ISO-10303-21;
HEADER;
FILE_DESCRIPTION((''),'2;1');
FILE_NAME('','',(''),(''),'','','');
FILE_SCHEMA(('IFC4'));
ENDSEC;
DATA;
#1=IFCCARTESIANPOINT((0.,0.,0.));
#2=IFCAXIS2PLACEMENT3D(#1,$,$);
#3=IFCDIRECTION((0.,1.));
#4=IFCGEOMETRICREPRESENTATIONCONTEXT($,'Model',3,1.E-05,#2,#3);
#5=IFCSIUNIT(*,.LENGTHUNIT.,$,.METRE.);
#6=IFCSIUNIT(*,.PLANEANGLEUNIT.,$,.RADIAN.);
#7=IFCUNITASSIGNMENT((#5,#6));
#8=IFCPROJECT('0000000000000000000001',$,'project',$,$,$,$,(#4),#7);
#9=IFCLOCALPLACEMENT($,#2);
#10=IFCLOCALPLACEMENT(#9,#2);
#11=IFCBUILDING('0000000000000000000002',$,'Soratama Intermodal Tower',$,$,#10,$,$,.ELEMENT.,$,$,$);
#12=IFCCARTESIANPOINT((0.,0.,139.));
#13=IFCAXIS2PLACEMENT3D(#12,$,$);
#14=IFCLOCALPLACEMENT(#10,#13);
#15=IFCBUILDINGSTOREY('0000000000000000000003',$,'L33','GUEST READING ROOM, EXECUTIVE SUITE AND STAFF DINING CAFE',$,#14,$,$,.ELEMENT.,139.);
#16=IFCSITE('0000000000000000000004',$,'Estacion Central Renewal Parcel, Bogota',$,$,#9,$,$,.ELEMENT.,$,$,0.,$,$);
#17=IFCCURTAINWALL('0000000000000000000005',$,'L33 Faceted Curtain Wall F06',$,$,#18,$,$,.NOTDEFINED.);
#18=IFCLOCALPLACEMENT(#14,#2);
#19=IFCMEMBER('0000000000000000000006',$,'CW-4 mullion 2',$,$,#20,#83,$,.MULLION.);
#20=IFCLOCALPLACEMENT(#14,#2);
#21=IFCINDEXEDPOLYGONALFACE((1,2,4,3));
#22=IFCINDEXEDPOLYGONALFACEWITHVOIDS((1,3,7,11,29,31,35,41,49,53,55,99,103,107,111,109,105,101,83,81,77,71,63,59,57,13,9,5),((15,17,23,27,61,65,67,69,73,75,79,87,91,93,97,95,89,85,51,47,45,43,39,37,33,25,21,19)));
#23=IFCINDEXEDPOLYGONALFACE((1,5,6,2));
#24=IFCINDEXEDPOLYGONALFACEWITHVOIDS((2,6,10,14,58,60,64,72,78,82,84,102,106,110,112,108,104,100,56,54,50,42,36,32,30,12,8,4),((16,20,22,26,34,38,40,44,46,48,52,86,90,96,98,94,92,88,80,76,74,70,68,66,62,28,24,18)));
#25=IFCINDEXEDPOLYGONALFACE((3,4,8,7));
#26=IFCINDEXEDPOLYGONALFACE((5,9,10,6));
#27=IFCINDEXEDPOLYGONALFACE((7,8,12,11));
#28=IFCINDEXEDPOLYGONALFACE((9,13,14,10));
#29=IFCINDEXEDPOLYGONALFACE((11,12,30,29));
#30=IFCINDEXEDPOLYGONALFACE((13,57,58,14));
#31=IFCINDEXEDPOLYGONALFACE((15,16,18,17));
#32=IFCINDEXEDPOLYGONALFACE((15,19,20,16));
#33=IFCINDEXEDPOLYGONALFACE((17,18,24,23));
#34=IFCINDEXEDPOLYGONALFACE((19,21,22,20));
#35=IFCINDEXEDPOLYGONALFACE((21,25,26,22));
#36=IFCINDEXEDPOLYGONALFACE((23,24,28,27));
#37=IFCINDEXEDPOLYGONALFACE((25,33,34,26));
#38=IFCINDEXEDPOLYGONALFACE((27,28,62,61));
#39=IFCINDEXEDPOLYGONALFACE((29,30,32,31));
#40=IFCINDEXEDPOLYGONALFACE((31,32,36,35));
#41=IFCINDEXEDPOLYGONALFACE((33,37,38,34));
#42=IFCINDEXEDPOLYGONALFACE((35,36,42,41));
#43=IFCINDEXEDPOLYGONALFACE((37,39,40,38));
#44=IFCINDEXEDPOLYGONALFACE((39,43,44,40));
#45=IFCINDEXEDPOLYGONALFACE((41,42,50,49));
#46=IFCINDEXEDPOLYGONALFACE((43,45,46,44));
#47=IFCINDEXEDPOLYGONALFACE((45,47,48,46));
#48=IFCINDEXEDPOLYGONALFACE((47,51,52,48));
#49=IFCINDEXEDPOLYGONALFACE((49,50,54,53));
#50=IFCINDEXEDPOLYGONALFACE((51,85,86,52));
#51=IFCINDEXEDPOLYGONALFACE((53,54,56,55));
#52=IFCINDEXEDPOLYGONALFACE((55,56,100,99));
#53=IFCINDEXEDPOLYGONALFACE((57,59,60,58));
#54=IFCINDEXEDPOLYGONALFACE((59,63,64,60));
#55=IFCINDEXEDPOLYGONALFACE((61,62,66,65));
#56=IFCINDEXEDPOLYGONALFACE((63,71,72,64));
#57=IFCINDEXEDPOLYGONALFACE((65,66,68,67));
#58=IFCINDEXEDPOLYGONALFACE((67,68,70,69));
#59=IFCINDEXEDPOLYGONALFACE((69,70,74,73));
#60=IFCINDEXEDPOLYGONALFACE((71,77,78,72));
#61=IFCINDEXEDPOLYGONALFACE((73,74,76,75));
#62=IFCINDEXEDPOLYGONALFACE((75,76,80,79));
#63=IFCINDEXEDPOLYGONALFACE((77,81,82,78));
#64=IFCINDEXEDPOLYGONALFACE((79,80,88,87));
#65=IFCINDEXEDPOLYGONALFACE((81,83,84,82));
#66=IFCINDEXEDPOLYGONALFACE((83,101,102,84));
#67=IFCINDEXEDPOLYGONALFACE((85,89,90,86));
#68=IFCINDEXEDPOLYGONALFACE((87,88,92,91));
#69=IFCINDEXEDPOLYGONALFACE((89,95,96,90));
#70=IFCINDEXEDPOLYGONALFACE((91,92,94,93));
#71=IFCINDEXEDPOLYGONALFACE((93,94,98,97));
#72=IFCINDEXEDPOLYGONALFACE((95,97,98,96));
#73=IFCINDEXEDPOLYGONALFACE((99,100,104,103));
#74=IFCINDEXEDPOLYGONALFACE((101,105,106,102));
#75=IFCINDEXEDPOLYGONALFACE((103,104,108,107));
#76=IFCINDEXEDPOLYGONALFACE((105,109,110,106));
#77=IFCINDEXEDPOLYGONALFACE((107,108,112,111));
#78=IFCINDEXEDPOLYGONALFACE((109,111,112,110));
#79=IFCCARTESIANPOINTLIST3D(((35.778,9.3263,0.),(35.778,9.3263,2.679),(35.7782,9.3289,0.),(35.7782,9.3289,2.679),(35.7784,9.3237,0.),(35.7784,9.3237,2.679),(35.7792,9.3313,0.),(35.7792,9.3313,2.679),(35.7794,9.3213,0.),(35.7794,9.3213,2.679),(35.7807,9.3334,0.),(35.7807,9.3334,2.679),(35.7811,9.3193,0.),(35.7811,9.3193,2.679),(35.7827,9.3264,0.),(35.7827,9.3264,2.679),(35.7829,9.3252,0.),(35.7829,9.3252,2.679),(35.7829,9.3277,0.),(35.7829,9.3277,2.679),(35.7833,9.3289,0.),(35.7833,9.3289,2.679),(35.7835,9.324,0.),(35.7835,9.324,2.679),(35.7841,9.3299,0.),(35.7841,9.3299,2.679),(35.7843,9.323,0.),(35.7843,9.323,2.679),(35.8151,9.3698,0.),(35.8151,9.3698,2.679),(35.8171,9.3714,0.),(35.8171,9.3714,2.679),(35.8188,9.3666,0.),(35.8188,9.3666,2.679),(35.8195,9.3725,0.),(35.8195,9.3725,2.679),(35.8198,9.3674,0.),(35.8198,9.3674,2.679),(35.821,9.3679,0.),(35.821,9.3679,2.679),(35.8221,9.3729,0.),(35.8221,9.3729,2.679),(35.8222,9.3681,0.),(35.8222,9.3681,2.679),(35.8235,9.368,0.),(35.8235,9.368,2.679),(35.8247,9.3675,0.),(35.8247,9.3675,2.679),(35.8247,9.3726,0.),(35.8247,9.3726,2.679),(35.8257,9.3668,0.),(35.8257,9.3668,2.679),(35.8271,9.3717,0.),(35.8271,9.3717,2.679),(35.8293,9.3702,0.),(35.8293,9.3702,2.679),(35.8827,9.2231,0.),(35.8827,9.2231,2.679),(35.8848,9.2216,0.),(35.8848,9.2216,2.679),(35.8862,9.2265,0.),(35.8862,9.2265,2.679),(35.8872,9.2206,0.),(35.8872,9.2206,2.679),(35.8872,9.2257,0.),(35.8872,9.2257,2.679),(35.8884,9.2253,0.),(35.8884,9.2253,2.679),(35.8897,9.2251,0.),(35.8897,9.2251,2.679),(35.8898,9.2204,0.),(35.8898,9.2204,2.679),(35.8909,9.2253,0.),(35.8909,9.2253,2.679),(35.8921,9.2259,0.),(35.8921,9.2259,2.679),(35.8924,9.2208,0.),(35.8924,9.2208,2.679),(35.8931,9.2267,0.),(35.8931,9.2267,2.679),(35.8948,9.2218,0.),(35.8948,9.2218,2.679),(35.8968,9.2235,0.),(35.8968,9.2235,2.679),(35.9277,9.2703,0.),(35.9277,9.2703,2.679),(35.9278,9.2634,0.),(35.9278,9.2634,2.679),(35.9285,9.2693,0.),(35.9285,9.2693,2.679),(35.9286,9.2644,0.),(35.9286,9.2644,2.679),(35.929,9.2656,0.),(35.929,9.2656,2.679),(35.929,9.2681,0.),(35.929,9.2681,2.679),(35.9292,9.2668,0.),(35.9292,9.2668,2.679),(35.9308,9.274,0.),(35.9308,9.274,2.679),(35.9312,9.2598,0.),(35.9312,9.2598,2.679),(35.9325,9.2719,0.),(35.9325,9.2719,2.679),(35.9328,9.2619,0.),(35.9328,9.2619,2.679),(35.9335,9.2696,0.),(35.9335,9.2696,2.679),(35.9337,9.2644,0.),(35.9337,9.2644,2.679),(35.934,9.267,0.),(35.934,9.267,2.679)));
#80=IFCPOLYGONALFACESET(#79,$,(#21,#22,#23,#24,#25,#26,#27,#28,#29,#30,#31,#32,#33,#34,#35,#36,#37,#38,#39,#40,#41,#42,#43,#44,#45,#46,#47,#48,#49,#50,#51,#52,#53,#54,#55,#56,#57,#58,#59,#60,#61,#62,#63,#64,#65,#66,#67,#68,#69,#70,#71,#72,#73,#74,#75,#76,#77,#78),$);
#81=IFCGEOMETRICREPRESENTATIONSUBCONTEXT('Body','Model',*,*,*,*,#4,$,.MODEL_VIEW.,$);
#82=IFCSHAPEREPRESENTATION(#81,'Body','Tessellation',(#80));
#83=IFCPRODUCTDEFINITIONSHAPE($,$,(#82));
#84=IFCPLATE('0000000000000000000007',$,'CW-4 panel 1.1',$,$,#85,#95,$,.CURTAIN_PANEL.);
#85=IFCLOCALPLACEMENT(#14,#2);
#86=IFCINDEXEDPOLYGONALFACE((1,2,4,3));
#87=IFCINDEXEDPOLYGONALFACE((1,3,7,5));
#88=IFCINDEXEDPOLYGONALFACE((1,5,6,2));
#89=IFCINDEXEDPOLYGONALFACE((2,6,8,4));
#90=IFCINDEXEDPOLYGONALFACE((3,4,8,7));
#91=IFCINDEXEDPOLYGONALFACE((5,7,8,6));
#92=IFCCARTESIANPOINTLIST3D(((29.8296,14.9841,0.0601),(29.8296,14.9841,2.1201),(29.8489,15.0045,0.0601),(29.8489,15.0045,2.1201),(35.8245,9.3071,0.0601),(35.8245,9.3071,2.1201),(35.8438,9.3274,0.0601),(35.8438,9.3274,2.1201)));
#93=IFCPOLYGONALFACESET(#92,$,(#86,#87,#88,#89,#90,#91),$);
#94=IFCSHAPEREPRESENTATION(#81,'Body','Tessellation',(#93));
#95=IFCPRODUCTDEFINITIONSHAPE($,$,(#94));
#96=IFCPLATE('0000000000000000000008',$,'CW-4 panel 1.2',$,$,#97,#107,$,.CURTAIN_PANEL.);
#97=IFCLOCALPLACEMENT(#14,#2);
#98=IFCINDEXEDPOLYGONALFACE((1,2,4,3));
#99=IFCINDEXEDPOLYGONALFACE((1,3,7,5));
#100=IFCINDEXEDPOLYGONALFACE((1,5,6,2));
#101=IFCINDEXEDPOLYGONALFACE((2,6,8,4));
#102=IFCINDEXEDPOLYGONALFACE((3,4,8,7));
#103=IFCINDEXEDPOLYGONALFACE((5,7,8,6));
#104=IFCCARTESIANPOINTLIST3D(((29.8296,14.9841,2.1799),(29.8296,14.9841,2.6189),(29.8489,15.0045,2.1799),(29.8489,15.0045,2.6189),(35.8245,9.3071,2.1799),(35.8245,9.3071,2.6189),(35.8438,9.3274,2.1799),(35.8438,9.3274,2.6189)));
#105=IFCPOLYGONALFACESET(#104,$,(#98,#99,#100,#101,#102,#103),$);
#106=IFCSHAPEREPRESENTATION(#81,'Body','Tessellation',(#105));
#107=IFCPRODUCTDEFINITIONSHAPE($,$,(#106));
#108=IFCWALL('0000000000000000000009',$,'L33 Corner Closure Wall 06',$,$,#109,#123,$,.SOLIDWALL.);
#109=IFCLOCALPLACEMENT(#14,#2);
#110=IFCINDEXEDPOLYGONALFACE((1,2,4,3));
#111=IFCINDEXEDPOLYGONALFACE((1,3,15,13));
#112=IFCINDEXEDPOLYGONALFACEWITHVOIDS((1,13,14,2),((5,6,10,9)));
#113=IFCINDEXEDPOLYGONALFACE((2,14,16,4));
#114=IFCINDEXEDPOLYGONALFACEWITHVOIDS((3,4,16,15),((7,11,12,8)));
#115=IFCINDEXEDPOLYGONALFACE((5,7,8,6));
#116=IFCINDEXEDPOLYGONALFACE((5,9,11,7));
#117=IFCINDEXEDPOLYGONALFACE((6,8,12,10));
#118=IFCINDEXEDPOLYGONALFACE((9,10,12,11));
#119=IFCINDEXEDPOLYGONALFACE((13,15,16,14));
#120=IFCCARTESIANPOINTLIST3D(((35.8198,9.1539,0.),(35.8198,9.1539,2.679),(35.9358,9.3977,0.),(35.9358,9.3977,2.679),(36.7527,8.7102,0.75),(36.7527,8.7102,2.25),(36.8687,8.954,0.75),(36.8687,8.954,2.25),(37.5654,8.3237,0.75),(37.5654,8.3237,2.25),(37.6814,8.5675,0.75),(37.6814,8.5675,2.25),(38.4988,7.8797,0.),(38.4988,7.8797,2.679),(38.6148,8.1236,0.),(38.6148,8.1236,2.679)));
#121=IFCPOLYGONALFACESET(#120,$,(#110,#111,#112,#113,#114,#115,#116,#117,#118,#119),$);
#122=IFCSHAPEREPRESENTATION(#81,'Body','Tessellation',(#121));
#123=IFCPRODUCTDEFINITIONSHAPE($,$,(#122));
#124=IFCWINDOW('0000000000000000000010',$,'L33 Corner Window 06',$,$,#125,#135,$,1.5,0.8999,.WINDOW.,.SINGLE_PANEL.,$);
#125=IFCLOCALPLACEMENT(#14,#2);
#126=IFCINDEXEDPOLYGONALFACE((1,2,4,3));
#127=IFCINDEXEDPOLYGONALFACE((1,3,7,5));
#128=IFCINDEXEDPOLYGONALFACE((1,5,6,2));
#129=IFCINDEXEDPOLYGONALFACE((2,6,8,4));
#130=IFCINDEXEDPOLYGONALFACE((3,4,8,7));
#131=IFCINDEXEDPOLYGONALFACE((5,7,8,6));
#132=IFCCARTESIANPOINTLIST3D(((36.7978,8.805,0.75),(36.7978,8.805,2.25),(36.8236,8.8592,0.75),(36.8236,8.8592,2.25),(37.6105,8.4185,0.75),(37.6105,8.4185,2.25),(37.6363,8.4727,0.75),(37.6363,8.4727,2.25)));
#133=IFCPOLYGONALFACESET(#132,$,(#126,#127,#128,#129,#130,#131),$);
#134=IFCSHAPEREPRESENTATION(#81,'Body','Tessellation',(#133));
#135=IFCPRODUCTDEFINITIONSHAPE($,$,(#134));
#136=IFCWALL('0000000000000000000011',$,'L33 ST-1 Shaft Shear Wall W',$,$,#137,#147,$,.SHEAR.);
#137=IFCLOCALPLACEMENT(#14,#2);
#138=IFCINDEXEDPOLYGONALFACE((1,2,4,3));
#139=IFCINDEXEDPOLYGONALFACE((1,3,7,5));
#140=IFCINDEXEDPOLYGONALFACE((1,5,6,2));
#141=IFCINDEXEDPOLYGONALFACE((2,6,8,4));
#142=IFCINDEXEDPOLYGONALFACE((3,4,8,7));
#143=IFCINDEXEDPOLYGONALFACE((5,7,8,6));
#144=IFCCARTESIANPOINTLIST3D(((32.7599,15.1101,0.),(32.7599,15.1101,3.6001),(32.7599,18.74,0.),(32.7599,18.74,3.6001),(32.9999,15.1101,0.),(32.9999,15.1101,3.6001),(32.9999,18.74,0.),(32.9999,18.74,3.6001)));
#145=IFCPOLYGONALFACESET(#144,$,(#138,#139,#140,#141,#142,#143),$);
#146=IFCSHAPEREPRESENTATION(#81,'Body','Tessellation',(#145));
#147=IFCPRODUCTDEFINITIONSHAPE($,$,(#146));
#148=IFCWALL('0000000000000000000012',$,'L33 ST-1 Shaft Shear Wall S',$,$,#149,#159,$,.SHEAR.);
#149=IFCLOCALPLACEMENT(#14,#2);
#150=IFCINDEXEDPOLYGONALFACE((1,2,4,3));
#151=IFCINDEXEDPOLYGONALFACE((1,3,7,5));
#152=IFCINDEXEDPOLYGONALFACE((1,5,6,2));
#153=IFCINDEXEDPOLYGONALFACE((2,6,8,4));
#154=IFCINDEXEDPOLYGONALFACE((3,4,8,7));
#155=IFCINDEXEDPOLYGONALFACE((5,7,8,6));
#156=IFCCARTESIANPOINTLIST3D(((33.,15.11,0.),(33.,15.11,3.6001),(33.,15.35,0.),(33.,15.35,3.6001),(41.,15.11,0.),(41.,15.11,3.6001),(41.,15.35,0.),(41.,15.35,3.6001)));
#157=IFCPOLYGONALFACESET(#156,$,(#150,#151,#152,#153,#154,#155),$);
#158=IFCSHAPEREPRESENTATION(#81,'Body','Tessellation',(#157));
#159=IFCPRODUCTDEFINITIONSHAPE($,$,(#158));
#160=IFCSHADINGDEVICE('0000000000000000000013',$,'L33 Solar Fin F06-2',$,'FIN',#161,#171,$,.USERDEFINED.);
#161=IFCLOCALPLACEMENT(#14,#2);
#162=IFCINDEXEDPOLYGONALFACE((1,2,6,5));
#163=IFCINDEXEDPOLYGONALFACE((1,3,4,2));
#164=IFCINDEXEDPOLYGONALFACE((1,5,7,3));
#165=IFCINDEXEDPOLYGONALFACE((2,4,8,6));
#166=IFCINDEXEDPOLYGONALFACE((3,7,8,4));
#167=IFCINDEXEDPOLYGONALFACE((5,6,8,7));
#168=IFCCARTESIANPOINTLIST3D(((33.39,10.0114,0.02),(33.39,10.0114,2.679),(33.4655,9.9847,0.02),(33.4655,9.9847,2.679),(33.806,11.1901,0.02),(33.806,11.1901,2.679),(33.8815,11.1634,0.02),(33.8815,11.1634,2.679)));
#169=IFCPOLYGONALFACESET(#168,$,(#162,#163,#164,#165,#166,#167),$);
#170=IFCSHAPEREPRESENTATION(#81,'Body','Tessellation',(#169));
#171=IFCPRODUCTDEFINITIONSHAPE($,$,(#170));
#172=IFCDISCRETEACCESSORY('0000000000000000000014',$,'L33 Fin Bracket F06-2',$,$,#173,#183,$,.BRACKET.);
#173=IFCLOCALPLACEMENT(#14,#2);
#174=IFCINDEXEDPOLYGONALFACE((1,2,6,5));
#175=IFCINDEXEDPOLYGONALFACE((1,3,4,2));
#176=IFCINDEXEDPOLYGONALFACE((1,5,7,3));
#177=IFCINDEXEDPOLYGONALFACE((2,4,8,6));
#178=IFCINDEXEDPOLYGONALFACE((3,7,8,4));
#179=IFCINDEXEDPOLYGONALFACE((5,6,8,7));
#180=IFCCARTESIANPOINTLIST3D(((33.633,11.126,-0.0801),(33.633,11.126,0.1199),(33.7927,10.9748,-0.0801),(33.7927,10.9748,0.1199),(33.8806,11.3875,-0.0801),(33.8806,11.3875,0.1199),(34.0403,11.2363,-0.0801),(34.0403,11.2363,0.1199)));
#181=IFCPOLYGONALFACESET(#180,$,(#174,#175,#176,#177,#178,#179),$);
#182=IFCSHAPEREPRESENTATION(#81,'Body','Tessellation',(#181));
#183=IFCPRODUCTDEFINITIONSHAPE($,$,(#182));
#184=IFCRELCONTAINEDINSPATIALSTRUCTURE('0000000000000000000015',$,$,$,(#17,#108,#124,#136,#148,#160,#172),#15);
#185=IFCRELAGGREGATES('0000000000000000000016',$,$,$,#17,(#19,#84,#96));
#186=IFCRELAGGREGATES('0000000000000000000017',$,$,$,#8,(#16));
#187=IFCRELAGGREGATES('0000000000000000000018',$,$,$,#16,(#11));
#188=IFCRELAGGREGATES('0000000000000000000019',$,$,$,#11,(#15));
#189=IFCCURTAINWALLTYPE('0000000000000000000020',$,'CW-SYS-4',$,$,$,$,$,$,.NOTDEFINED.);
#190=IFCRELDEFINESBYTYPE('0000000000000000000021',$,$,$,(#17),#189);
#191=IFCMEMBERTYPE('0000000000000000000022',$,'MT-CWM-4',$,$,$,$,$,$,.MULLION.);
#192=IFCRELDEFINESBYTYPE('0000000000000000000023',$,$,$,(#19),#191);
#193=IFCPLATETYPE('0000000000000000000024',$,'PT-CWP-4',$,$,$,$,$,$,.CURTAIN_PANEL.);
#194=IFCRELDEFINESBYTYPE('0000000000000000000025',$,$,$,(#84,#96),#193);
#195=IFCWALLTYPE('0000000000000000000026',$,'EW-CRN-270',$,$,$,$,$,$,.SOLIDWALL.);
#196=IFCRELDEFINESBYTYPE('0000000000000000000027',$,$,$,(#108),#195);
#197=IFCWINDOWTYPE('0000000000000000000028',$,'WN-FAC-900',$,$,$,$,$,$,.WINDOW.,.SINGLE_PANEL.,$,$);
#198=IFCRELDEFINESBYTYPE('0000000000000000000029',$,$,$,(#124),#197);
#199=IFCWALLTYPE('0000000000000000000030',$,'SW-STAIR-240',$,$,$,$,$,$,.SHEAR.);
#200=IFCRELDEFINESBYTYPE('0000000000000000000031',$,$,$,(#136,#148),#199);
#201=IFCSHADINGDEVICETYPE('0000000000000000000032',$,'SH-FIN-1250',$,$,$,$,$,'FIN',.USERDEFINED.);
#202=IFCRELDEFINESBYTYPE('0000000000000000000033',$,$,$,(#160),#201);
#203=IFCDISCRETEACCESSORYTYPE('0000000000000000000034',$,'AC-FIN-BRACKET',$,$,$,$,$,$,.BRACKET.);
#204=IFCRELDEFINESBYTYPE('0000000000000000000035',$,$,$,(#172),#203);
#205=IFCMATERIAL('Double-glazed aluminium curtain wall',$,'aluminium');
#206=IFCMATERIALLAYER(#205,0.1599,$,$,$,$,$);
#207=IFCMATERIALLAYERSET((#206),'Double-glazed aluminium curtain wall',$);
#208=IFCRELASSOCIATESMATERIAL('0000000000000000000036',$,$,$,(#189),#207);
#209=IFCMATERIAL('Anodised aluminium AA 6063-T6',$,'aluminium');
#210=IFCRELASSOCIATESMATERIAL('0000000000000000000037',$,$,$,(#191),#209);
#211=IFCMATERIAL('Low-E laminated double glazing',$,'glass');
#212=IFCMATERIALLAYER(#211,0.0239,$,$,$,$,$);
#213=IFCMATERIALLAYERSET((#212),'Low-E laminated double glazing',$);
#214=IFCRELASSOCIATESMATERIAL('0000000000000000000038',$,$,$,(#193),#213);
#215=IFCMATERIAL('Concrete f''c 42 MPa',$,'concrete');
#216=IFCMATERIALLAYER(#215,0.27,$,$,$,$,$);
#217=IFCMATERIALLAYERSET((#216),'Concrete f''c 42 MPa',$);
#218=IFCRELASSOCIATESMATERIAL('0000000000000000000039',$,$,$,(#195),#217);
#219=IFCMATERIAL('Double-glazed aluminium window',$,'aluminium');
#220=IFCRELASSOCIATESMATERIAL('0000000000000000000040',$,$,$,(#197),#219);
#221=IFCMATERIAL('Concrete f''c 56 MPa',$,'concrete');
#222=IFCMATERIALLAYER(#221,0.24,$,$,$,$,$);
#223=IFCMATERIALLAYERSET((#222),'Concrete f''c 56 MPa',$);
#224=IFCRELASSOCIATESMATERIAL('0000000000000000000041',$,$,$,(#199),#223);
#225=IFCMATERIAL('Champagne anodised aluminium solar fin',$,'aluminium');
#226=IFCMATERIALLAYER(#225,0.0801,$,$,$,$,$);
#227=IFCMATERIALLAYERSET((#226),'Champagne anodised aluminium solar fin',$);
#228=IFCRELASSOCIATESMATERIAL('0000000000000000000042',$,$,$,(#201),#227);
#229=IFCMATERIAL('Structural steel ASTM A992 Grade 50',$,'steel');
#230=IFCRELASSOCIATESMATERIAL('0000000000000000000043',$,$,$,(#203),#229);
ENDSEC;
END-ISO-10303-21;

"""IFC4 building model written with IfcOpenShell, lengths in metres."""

from ifc_helpers import new_model, si_unit, direction, frame, frame_2d, origin, origin_2d, place, context, subcontext, project, spatial, rectangle, hollow_rectangle, extrude, material, layer, layer_set, material_profile, profile_set, type_object, element, fill, aggregate, save


model = new_model("IFC4")

# Units and contexts
model_context = context("Model", 3, precision=1e-05, world=origin(), true_north=direction((0.0, 1.0)))
body_context = subcontext(model_context, "Body", "Model", "MODEL_VIEW")
ifc_project = project(units=[si_unit("LENGTHUNIT", "METRE"), si_unit("PLANEANGLEUNIT", "RADIAN")], contexts=[model_context])

# Site, building, storey
site_placement = place(None, origin())
site = spatial("IfcSite", under=ifc_project, at=site_placement, Name="Estacion Central Renewal Parcel, Bogota", CompositionType="ELEMENT", RefElevation=0.0)
building_placement = place(site_placement, origin())
building = spatial("IfcBuilding", under=site, at=building_placement, Name="Soratama Intermodal Tower", CompositionType="ELEMENT")
storey_placement = place(building_placement, frame((0.0, 0.0, 139.0)))
storey = spatial("IfcBuildingStorey", under=building, at=storey_placement, Name="L33", Description="GUEST READING ROOM, EXECUTIVE SUITE AND STAFF DINING CAFE", CompositionType="ELEMENT", Elevation=139.0)

# Curtain wall, member, plates
ifc_material_1 = material(Name="Double-glazed aluminium curtain wall", Category="aluminium")
ifc_layer_1 = layer(ifc_material_1, 0.1599)
ifc_layer_set_1 = layer_set([ifc_layer_1], Name="Double-glazed aluminium curtain wall")
curtain_wall_type = type_object("IfcCurtainWallType", Name="CW-SYS-4", PredefinedType="NOTDEFINED", material=ifc_layer_set_1)
curtain_wall_placement = place(storey_placement, origin())
curtain_wall = element("IfcCurtainWall", 1, at=curtain_wall_placement, inside=storey, type_object=curtain_wall_type, Name="L33 Faceted Curtain Wall F06", PredefinedType="NOTDEFINED")
ifc_material_2 = material(Name="Anodised aluminium AA 6063-T6", Category="aluminium")
ifc_material_profile_1 = material_profile(ifc_material_2, hollow_rectangle(XDim=0.0701, YDim=0.1599, WallThickness=0.0049, InnerFilletRadius=0.0049, OuterFilletRadius=0.01, at=origin_2d()), Name="CWM160X70X5")
ifc_profile_set_1 = profile_set([ifc_material_profile_1], Name="Anodised aluminium AA 6063-T6")
member_type = type_object("IfcMemberType", Name="MT-CWM-4", PredefinedType="MULLION", material=ifc_profile_set_1)
member_placement = place(storey_placement, frame((35.856, 9.2966, 0.0), z_axis=(0.0, 0.0, 1.0), x_axis=(0.687594, 0.726095, 0.0)))
member = element("IfcMember", 2, at=member_placement, type_object=member_type, Name="CW-4 mullion 2", PredefinedType="MULLION", context=body_context, shape_type="SweptSolid", body=[
    extrude(hollow_rectangle(XDim=0.0701, YDim=0.1599, WallThickness=0.0049, InnerFilletRadius=0.0049, OuterFilletRadius=0.01, at=origin_2d()), origin(), (0.0, 0.0, 1.0), 2.679),
])
ifc_material_3 = material(Name="Low-E laminated double glazing", Category="glass")
ifc_layer_2 = layer(ifc_material_3, 0.0239)
ifc_layer_set_2 = layer_set([ifc_layer_2], Name="Low-E laminated double glazing")
plate_type = type_object("IfcPlateType", Name="PT-CWP-4", PredefinedType="CURTAIN_PANEL", material=ifc_layer_set_2)
plate_1_placement = place(storey_placement, frame((32.8367, 12.1558, 0.0601), z_axis=(0.0, 0.0, 1.0), x_axis=(0.726095, -0.687594, 0.0)))
plate_1 = element("IfcPlate", 3, at=plate_1_placement, type_object=plate_type, Name="CW-4 panel 1.1", PredefinedType="CURTAIN_PANEL", context=body_context, shape_type="SweptSolid", body=[
    extrude(rectangle(XDim=8.2563, YDim=0.0281, at=origin_2d()), origin(), (0.0, 0.0, 1.0), 2.0601),
])
plate_2_placement = place(storey_placement, frame((32.8367, 12.1558, 2.1799), z_axis=(0.0, 0.0, 1.0), x_axis=(0.726095, -0.687594, 0.0)))
plate_2 = element("IfcPlate", 4, at=plate_2_placement, type_object=plate_type, Name="CW-4 panel 1.2", PredefinedType="CURTAIN_PANEL", context=body_context, shape_type="SweptSolid", body=[
    extrude(rectangle(XDim=8.2563, YDim=0.0281, at=origin_2d()), origin(), (0.0, 0.0, 1.0), 0.439),
])
aggregate(curtain_wall, [member, plate_1, plate_2])

# Wall, opening, window
ifc_material_4 = material(Name="Concrete f'c 42 MPa", Category="concrete")
ifc_layer_3 = layer(ifc_material_4, 0.27)
ifc_layer_set_3 = layer_set([ifc_layer_3], Name="Concrete f'c 42 MPa")
wall_type_1 = type_object("IfcWallType", Name="EW-CRN-270", PredefinedType="SOLIDWALL", material=ifc_layer_set_3)
wall_1_placement = place(storey_placement, frame((35.8777, 9.2759, 0.0), z_axis=(0.0, 0.0, 1.0), x_axis=(0.90306, -0.429515, 0.0)))
wall_1 = element("IfcWall", 5, at=wall_1_placement, inside=storey, type_object=wall_type_1, Name="L33 Corner Closure Wall 06", PredefinedType="SOLIDWALL", context=body_context, shape_type="SweptSolid", body=[
    extrude(rectangle(XDim=2.9666, YDim=0.27, at=frame_2d((1.4834, 0.0))), origin(), (0.0, 0.0, 1.0), 2.679),
])
opening_1_placement = place(wall_1_placement, frame((1.0332, 0.0, 0.75)))
opening_1 = element("IfcOpeningElement", 6, at=opening_1_placement, cuts=wall_1, PredefinedType="OPENING", context=body_context, shape_type="SweptSolid", body=[
    extrude(rectangle(XDim=0.8999, YDim=1.5, at=frame_2d((0.45, 0.75))), frame((0.0, 0.145, 0.0), z_axis=(0.0, -1.0, 0.0), x_axis=(1.0, 0.0, 0.0)), (0.0, 0.0, 1.0), 0.29),
])
ifc_material_5 = material(Name="Double-glazed aluminium window", Category="aluminium")
window_type_1 = type_object("IfcWindowType", Name="WN-FAC-900", PartitioningType="SINGLE_PANEL", PredefinedType="WINDOW", material=ifc_material_5)
window_1_placement = place(opening_1_placement, origin())
window_1 = element("IfcWindow", 7, at=window_1_placement, inside=storey, type_object=window_type_1, Name="L33 Corner Window 06", OverallHeight=1.5, OverallWidth=0.8999, PartitioningType="SINGLE_PANEL", PredefinedType="WINDOW", context=body_context, shape_type="SweptSolid", body=[
    extrude(rectangle(XDim=0.8999, YDim=1.5, at=frame_2d((0.45, 0.75))), frame((0.0, 0.03, 0.0), z_axis=(0.0, -1.0, 0.0), x_axis=(1.0, 0.0, 0.0)), (0.0, 0.0, 1.0), 0.0601),
])
fill(opening_1, window_1)

# Wall
ifc_material_6 = material(Name="Concrete f'c 56 MPa", Category="concrete")
ifc_layer_4 = layer(ifc_material_6, 0.24)
ifc_layer_set_4 = layer_set([ifc_layer_4], Name="Concrete f'c 56 MPa")
wall_type_2 = type_object("IfcWallType", Name="SW-STAIR-240", PredefinedType="SHEAR", material=ifc_layer_set_4)
wall_2_placement = place(storey_placement, frame((32.8799, 15.1101, 0.0), z_axis=(0.0, 0.0, 1.0), x_axis=(0.0, 1.0, 0.0)))
element("IfcWall", 8, at=wall_2_placement, inside=storey, type_object=wall_type_2, Name="L33 ST-1 Shaft Shear Wall W", PredefinedType="SHEAR", context=body_context, shape_type="SweptSolid", body=[
    extrude(rectangle(XDim=3.6299, YDim=0.24, at=frame_2d((1.8149, 0.0))), origin(), (0.0, 0.0, 1.0), 3.6001),
])

# Wall
wall_3_placement = place(storey_placement, frame((33.0, 15.23, 0.0), z_axis=(0.0, 0.0, 1.0), x_axis=(1.0, 0.0, 0.0)))
element("IfcWall", 9, at=wall_3_placement, inside=storey, type_object=wall_type_2, Name="L33 ST-1 Shaft Shear Wall S", PredefinedType="SHEAR", context=body_context, shape_type="SweptSolid", body=[
    extrude(rectangle(XDim=8.0, YDim=0.24, at=frame_2d((4.0, 0.0))), origin(), (0.0, 0.0, 1.0), 3.6001),
])

# Shading device
ifc_material_7 = material(Name="Champagne anodised aluminium solar fin", Category="aluminium")
ifc_layer_5 = layer(ifc_material_7, 0.0801)
ifc_layer_set_5 = layer_set([ifc_layer_5], Name="Champagne anodised aluminium solar fin")
shading_device_type = type_object("IfcShadingDeviceType", Name="SH-FIN-1250", ElementType="FIN", PredefinedType="USERDEFINED", material=ifc_layer_set_5)
shading_device_placement = place(storey_placement, frame((33.6357, 10.5874, 0.02), z_axis=(0.0, 0.0, 1.0), x_axis=(-0.33282, -0.942991, 0.0)))
element("IfcShadingDevice", 10, at=shading_device_placement, inside=storey, type_object=shading_device_type, Name="L33 Solar Fin F06-2", ObjectType="FIN", PredefinedType="USERDEFINED", context=body_context, shape_type="SweptSolid", body=[
    extrude(rectangle(XDim=1.25, YDim=0.0801, at=origin_2d()), origin(), (0.0, 0.0, 1.0), 2.6589),
])

# Discrete accessory
ifc_material_8 = material(Name="Structural steel ASTM A992 Grade 50", Category="steel")
discrete_accessory_type = type_object("IfcDiscreteAccessoryType", Name="AC-FIN-BRACKET", PredefinedType="BRACKET", material=ifc_material_8)
discrete_accessory_placement = place(storey_placement, frame((33.8367, 11.1812, -0.0801), z_axis=(0.0, 0.0, 1.0), x_axis=(-0.687595, -0.726095, 0.0)))
element("IfcDiscreteAccessory", 11, at=discrete_accessory_placement, inside=storey, type_object=discrete_accessory_type, Name="L33 Fin Bracket F06-2", PredefinedType="BRACKET", context=body_context, shape_type="SweptSolid", body=[
    extrude(rectangle(XDim=0.3601, YDim=0.22, at=origin_2d()), origin(), (0.0, 0.0, 1.0), 0.2),
])

save(model, "model.ifc")
